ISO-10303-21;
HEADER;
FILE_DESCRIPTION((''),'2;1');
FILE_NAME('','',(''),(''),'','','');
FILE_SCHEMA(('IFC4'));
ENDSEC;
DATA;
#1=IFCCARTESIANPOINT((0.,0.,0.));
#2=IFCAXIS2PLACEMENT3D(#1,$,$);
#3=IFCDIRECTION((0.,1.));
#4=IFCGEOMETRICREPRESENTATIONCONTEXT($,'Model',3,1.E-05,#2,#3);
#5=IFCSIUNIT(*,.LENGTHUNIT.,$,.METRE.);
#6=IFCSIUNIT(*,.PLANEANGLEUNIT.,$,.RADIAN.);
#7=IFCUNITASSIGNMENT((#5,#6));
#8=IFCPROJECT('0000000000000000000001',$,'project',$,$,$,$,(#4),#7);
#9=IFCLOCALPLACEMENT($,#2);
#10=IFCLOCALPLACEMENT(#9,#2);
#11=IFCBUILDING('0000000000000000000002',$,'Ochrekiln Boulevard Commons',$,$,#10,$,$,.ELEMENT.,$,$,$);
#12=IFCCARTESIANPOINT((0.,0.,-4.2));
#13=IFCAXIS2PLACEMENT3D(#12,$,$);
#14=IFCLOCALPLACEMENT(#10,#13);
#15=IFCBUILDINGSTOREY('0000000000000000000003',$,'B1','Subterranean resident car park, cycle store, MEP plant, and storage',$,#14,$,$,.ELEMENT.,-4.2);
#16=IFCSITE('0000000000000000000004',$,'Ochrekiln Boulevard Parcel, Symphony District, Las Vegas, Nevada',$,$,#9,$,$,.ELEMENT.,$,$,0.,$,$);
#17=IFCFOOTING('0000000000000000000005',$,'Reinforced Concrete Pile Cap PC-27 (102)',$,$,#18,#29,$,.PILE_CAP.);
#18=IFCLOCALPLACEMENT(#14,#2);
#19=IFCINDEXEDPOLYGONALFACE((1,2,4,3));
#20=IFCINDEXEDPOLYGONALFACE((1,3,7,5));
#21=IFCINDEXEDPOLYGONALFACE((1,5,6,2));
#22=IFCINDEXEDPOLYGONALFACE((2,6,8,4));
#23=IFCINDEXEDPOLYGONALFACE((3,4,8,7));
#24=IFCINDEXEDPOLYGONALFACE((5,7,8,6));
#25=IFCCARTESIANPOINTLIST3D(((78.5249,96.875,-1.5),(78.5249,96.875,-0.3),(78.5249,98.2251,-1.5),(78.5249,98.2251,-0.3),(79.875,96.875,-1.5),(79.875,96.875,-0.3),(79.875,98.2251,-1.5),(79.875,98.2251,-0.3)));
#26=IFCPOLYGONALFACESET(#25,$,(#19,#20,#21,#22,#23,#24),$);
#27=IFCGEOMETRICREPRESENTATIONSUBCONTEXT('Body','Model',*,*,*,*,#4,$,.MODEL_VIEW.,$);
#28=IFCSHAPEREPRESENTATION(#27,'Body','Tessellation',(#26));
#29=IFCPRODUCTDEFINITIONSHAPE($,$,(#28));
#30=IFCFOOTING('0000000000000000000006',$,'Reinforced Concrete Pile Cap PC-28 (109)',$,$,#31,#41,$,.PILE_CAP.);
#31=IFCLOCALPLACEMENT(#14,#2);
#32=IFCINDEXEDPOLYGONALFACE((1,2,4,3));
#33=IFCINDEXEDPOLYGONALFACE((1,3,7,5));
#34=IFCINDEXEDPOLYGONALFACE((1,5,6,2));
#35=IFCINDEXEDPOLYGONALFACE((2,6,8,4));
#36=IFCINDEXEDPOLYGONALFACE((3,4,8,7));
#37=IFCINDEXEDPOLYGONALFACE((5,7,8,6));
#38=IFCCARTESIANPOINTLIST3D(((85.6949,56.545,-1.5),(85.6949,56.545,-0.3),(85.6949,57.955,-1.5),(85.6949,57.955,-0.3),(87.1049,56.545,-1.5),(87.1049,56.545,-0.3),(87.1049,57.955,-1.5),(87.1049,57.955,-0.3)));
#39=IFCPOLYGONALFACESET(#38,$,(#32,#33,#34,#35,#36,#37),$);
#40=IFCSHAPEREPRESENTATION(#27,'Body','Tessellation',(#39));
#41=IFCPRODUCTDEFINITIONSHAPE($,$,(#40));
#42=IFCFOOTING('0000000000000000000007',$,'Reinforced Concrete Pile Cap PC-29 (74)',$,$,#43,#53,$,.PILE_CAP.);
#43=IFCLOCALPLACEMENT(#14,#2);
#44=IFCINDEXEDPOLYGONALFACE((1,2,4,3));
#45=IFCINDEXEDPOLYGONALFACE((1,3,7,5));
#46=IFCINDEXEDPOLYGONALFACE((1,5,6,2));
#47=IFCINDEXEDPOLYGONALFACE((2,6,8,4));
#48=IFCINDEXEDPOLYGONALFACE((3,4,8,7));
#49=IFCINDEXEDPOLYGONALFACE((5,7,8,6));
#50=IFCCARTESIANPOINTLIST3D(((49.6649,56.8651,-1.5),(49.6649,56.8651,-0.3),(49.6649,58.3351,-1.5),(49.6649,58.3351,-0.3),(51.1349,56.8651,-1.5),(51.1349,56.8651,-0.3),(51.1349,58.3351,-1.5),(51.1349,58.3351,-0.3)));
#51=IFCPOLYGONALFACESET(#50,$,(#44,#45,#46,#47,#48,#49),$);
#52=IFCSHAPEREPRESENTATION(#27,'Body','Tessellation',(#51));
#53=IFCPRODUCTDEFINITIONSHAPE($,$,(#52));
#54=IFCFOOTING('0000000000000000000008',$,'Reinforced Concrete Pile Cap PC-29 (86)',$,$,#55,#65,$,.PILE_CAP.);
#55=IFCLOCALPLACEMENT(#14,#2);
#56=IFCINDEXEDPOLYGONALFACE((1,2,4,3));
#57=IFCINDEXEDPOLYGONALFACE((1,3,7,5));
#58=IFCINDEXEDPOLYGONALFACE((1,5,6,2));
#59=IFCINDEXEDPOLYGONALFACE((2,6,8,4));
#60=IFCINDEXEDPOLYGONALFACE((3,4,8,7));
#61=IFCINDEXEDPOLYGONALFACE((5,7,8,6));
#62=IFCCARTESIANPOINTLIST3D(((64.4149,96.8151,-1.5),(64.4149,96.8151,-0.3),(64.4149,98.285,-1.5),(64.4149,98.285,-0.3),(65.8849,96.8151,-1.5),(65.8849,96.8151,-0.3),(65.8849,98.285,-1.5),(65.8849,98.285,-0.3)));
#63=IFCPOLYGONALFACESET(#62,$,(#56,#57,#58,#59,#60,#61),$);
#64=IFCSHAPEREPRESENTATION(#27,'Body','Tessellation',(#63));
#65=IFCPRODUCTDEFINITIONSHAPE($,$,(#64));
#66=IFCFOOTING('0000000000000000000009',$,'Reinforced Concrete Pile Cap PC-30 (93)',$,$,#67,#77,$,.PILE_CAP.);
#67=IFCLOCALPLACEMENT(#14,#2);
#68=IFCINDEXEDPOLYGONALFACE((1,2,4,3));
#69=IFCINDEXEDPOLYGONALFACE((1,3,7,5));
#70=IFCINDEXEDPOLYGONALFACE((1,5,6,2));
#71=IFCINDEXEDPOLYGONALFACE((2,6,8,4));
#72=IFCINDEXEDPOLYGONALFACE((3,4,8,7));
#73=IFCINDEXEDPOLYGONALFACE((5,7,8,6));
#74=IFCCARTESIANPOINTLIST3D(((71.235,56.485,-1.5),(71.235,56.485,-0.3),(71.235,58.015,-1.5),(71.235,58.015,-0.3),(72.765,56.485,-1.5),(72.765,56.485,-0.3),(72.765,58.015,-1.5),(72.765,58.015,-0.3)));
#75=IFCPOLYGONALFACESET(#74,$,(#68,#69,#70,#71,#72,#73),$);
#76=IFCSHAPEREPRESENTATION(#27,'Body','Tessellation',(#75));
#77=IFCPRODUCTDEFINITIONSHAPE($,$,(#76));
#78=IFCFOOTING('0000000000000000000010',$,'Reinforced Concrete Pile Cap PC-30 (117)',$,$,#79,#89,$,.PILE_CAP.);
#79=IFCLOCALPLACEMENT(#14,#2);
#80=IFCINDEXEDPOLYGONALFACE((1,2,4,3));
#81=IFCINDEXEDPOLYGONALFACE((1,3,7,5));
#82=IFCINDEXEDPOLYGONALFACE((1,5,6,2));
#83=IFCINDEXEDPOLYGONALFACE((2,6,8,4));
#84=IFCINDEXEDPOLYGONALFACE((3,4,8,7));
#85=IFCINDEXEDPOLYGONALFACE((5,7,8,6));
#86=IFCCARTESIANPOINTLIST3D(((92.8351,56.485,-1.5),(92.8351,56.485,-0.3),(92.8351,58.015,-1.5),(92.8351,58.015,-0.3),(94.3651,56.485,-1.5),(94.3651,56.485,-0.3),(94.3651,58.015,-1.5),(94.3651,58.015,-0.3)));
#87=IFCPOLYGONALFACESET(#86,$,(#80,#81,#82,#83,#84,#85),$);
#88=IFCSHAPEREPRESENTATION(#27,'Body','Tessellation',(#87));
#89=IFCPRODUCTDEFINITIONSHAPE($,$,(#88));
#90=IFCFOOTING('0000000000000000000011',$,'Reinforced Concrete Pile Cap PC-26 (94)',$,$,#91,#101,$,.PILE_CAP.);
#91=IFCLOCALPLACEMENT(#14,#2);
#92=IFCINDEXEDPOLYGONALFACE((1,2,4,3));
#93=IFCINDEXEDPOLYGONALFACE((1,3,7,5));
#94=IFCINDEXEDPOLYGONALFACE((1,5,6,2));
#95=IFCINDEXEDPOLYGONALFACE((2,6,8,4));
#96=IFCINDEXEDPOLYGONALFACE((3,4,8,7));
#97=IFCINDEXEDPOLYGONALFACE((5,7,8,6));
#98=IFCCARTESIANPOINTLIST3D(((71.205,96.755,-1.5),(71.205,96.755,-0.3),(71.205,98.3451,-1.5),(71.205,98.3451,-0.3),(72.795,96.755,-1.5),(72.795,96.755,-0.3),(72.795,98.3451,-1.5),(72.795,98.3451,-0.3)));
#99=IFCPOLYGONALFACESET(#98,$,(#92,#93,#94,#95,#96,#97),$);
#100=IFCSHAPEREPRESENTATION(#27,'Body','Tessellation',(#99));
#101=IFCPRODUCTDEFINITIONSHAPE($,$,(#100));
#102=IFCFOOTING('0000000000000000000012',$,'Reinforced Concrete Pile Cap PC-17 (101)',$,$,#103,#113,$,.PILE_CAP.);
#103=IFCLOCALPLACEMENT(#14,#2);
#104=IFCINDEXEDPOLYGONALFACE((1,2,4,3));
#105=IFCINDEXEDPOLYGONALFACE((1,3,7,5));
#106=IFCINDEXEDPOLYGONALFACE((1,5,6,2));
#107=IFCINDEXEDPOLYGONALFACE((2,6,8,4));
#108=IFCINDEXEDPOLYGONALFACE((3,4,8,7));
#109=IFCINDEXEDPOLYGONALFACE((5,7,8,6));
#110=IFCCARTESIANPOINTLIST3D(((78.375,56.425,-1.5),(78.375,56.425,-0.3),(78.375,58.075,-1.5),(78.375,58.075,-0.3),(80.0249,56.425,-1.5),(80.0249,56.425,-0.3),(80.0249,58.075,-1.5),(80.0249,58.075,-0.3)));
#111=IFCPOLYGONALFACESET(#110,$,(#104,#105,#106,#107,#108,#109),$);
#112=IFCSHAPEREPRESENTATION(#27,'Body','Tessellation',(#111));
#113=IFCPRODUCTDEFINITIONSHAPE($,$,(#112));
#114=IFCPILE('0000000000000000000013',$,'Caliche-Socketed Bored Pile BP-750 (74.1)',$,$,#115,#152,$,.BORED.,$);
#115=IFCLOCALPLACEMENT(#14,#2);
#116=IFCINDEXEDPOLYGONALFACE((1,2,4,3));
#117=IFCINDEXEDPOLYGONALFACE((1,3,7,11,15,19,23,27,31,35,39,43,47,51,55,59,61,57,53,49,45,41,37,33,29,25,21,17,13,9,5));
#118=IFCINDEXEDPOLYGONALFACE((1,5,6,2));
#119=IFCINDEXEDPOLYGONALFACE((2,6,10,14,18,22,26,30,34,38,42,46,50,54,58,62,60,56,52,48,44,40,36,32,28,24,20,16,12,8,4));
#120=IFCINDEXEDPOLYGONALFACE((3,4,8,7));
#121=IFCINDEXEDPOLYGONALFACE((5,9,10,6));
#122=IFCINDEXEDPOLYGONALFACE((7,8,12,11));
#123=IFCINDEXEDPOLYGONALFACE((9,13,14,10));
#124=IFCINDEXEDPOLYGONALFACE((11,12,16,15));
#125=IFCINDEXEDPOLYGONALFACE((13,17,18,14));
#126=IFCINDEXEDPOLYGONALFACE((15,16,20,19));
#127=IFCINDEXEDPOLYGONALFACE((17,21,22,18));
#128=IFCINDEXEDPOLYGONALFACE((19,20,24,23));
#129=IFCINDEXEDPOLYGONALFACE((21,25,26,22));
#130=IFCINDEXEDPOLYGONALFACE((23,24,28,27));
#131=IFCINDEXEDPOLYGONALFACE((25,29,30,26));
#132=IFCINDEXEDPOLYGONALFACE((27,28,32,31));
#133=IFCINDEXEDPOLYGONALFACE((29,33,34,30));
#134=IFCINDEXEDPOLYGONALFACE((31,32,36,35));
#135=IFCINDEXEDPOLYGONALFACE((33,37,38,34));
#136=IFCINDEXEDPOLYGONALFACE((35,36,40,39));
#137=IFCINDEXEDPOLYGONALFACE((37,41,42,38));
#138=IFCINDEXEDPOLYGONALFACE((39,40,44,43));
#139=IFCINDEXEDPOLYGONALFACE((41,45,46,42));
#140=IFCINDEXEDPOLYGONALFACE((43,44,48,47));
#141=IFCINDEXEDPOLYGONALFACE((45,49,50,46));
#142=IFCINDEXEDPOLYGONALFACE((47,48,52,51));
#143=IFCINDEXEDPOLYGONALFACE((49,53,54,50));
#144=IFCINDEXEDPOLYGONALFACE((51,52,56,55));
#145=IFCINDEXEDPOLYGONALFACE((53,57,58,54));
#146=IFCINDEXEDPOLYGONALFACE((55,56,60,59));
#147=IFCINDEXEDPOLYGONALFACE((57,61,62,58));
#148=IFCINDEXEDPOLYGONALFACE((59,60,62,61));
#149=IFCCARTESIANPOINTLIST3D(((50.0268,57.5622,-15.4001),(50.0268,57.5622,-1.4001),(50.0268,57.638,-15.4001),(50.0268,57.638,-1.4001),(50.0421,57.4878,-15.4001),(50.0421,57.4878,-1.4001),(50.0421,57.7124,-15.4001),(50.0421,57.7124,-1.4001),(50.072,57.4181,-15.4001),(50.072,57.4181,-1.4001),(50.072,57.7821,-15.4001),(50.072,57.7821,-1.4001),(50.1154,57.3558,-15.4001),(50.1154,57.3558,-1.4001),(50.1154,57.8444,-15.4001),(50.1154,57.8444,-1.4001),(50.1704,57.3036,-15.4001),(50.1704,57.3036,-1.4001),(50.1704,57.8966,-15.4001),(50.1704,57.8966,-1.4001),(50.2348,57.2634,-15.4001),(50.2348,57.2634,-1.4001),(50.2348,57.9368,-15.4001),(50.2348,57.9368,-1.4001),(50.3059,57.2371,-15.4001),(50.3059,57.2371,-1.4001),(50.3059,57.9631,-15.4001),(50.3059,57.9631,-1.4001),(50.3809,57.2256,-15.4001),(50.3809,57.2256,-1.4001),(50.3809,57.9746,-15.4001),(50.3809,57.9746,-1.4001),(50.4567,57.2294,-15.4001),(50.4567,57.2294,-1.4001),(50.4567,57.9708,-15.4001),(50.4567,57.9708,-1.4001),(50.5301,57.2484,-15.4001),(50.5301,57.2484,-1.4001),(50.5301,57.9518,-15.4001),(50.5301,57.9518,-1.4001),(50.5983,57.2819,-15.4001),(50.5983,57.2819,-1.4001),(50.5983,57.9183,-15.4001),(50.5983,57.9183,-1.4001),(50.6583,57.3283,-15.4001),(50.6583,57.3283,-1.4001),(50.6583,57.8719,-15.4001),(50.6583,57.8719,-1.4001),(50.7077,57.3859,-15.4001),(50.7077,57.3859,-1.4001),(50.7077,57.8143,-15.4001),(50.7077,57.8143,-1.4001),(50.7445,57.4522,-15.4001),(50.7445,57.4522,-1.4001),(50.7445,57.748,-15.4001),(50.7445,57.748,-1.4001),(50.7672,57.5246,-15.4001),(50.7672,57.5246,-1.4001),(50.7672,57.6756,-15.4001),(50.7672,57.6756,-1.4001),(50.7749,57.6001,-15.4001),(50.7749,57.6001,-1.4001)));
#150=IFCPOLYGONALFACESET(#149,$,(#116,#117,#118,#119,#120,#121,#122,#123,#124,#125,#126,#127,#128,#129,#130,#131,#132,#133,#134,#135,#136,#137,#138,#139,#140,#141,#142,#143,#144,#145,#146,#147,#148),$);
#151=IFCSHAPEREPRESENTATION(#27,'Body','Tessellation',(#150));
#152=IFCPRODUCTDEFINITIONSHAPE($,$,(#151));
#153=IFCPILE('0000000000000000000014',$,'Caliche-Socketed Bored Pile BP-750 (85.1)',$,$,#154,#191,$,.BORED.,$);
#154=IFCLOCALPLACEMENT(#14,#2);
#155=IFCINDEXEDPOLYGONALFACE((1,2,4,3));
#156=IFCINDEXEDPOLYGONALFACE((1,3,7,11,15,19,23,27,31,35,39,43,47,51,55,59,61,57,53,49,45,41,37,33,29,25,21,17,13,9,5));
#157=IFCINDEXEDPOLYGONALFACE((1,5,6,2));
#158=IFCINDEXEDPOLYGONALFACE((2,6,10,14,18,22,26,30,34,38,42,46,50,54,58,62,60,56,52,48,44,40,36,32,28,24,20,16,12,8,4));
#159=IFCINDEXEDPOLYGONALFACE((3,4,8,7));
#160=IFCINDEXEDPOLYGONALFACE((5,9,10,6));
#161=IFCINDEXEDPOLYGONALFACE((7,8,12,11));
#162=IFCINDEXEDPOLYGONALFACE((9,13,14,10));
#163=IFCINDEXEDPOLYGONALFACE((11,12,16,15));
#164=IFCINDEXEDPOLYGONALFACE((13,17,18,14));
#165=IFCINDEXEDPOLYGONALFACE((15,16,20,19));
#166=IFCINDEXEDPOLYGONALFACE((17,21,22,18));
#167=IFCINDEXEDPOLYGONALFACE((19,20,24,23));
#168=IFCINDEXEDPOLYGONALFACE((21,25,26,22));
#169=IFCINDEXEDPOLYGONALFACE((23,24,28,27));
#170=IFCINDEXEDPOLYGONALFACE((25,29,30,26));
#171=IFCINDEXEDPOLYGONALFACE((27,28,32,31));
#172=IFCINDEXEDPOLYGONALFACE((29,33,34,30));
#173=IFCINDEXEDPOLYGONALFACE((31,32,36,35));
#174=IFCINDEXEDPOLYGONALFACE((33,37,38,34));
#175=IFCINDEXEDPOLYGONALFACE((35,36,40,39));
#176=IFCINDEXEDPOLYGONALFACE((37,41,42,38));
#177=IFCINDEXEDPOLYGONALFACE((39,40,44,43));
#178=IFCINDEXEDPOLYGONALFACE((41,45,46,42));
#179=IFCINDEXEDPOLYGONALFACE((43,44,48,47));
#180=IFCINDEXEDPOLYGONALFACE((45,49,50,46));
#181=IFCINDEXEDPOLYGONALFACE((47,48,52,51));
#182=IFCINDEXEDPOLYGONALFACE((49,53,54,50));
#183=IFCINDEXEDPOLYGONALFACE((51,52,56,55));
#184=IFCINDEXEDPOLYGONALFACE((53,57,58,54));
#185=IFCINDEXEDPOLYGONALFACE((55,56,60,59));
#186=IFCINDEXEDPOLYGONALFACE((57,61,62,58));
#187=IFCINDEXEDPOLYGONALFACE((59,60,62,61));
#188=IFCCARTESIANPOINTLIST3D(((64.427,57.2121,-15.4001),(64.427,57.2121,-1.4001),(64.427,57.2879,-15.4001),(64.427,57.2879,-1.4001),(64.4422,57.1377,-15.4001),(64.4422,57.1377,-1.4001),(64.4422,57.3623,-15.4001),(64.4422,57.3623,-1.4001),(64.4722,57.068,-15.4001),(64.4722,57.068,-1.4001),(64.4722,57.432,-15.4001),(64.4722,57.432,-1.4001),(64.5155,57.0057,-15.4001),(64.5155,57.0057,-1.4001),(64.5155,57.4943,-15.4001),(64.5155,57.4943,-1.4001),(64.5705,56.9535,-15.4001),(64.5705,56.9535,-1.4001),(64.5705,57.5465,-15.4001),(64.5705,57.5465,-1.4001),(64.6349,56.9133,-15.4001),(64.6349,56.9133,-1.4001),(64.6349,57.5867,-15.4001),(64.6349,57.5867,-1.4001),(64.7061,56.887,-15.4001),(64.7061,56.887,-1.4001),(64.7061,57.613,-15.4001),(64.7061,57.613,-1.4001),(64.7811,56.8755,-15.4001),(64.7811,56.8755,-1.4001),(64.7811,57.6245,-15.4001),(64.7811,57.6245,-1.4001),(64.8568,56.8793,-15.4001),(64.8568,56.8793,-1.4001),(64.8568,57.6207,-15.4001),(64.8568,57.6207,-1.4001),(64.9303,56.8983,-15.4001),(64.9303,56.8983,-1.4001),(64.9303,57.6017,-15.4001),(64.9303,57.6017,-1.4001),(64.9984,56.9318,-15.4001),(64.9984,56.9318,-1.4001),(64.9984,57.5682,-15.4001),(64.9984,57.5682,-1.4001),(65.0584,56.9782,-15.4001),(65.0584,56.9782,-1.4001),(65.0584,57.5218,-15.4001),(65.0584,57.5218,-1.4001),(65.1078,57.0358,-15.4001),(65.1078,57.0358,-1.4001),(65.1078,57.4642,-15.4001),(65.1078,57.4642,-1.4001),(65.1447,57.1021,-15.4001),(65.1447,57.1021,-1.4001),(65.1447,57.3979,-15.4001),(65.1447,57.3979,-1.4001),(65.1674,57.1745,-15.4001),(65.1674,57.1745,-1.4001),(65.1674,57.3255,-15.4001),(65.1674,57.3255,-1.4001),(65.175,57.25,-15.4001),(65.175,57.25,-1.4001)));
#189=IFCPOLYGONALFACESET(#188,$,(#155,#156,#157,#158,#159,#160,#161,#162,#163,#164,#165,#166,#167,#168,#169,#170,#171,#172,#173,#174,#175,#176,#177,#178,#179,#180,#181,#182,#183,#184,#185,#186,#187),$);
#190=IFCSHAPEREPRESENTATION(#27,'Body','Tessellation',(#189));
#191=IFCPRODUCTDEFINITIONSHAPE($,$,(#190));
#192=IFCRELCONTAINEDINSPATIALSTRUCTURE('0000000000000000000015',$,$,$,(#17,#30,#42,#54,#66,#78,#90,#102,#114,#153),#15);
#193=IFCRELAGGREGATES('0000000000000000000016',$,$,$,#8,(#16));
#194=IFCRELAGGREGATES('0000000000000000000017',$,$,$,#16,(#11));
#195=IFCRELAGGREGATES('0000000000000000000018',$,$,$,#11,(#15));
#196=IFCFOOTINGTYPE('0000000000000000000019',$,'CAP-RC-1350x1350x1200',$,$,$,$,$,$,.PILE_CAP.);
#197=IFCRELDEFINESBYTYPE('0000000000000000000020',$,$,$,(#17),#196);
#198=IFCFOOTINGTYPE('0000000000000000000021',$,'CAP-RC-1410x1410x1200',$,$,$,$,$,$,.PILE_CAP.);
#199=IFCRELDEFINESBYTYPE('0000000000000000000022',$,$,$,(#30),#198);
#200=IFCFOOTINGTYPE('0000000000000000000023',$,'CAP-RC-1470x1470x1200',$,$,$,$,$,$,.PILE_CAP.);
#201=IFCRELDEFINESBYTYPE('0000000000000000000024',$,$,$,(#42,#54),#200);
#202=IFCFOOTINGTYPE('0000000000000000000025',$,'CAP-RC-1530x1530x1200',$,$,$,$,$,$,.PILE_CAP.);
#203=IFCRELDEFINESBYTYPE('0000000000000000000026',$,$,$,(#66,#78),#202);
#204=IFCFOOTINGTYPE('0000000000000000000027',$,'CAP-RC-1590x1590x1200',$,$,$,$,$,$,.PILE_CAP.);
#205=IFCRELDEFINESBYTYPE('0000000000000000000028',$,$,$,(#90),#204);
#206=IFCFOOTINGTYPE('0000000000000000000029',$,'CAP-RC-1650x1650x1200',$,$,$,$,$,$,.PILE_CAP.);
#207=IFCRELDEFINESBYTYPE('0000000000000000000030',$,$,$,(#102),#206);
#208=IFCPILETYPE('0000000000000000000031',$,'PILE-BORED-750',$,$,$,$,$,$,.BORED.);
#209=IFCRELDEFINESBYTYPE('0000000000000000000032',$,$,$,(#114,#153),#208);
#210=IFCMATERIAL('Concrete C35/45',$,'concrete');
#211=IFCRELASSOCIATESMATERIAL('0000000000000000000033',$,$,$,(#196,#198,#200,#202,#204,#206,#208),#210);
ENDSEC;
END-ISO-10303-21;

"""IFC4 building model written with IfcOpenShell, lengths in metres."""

from ifc_helpers import new_model, si_unit, direction, frame, origin, origin_2d, place, context, subcontext, project, spatial, rectangle, circle, extrude, material, material_profile, profile_set, type_object, element, save


model = new_model("IFC4")

# Units and contexts
model_context = context("Model", 3, precision=1e-05, world=origin(), true_north=direction((0.0, 1.0)))
body_context = subcontext(model_context, "Body", "Model", "MODEL_VIEW")
ifc_project = project(units=[si_unit("LENGTHUNIT", "METRE"), si_unit("PLANEANGLEUNIT", "RADIAN")], contexts=[model_context])

# Site, building, storey
site_placement = place(None, origin())
site = spatial("IfcSite", under=ifc_project, at=site_placement, Name="Ochrekiln Boulevard Parcel, Symphony District, Las Vegas, Nevada", CompositionType="ELEMENT", RefElevation=0.0)
building_placement = place(site_placement, origin())
building = spatial("IfcBuilding", under=site, at=building_placement, Name="Ochrekiln Boulevard Commons", CompositionType="ELEMENT")
storey_placement = place(building_placement, frame((0.0, 0.0, -4.2)))
storey = spatial("IfcBuildingStorey", under=building, at=storey_placement, Name="B1", Description="Subterranean resident car park, cycle store, MEP plant, and storage", CompositionType="ELEMENT", Elevation=-4.2)

# Footings
ifc_material_1 = material(Name="Concrete C35/45", Category="concrete")
footing_type_1 = type_object("IfcFootingType", Name="CAP-RC-1350x1350x1200", PredefinedType="PILE_CAP", material=ifc_material_1)
footing_1_placement = place(storey_placement, frame((79.2, 97.55, -1.5), z_axis=(0.0, 0.0, 1.0), x_axis=(1.0, 0.0, 0.0)))
element("IfcFooting", 1, at=footing_1_placement, inside=storey, type_object=footing_type_1, Name="Reinforced Concrete Pile Cap PC-27 (102)", PredefinedType="PILE_CAP", context=body_context, shape_type="SweptSolid", body=[
    extrude(rectangle(XDim=1.3501, YDim=1.3501, at=origin_2d()), origin(), (0.0, 0.0, 1.0), 1.2),
])
footing_type_2 = type_object("IfcFootingType", Name="CAP-RC-1410x1410x1200", PredefinedType="PILE_CAP", material=ifc_material_1)
footing_2_placement = place(storey_placement, frame((86.3999, 57.25, -1.5), z_axis=(0.0, 0.0, 1.0), x_axis=(1.0, 0.0, 0.0)))
element("IfcFooting", 2, at=footing_2_placement, inside=storey, type_object=footing_type_2, Name="Reinforced Concrete Pile Cap PC-28 (109)", PredefinedType="PILE_CAP", context=body_context, shape_type="SweptSolid", body=[
    extrude(rectangle(XDim=1.4099, YDim=1.4099, at=origin_2d()), origin(), (0.0, 0.0, 1.0), 1.2),
])
footing_type_3 = type_object("IfcFootingType", Name="CAP-RC-1470x1470x1200", PredefinedType="PILE_CAP", material=ifc_material_1)
for number, where, z_axis, x_axis, name in (
    (3, (50.3999, 57.6001, -1.5), (0.0, 0.0, 1.0), (1.0, 0.0, 0.0), "Reinforced Concrete Pile Cap PC-29 (74)"),
    (4, (65.1499, 97.55, -1.5), (0.0, 0.0, 1.0), (1.0, 0.0, 0.0), "Reinforced Concrete Pile Cap PC-29 (86)"),
):
    element("IfcFooting", number, at=place(storey_placement, frame(where, z_axis=z_axis, x_axis=x_axis)), inside=storey, type_object=footing_type_3, Name=name, PredefinedType="PILE_CAP", context=body_context, shape_type="SweptSolid", body=[
        extrude(rectangle(XDim=1.47, YDim=1.47, at=origin_2d()), origin(), (0.0, 0.0, 1.0), 1.2),
    ])
footing_type_4 = type_object("IfcFootingType", Name="CAP-RC-1530x1530x1200", PredefinedType="PILE_CAP", material=ifc_material_1)
for number, where, z_axis, x_axis, name in (
    (5, (72.0, 57.25, -1.5), (0.0, 0.0, 1.0), (1.0, 0.0, 0.0), "Reinforced Concrete Pile Cap PC-30 (93)"),
    (6, (93.6001, 57.25, -1.5), (0.0, 0.0, 1.0), (1.0, 0.0, 0.0), "Reinforced Concrete Pile Cap PC-30 (117)"),
):
    element("IfcFooting", number, at=place(storey_placement, frame(where, z_axis=z_axis, x_axis=x_axis)), inside=storey, type_object=footing_type_4, Name=name, PredefinedType="PILE_CAP", context=body_context, shape_type="SweptSolid", body=[
        extrude(rectangle(XDim=1.53, YDim=1.53, at=origin_2d()), origin(), (0.0, 0.0, 1.0), 1.2),
    ])
footing_type_5 = type_object("IfcFootingType", Name="CAP-RC-1590x1590x1200", PredefinedType="PILE_CAP", material=ifc_material_1)
footing_3_placement = place(storey_placement, frame((72.0, 97.55, -1.5), z_axis=(0.0, 0.0, 1.0), x_axis=(1.0, 0.0, 0.0)))
element("IfcFooting", 7, at=footing_3_placement, inside=storey, type_object=footing_type_5, Name="Reinforced Concrete Pile Cap PC-26 (94)", PredefinedType="PILE_CAP", context=body_context, shape_type="SweptSolid", body=[
    extrude(rectangle(XDim=1.5901, YDim=1.5901, at=origin_2d()), origin(), (0.0, 0.0, 1.0), 1.2),
])
footing_type_6 = type_object("IfcFootingType", Name="CAP-RC-1650x1650x1200", PredefinedType="PILE_CAP", material=ifc_material_1)
footing_4_placement = place(storey_placement, frame((79.2, 57.25, -1.5), z_axis=(0.0, 0.0, 1.0), x_axis=(1.0, 0.0, 0.0)))
element("IfcFooting", 8, at=footing_4_placement, inside=storey, type_object=footing_type_6, Name="Reinforced Concrete Pile Cap PC-17 (101)", PredefinedType="PILE_CAP", context=body_context, shape_type="SweptSolid", body=[
    extrude(rectangle(XDim=1.6499, YDim=1.6499, at=origin_2d()), origin(), (0.0, 0.0, 1.0), 1.2),
])

# Piles
ifc_material_profile_1 = material_profile(ifc_material_1, circle(Radius=0.375, at=origin_2d()), Name="PILE-D750")
ifc_profile_set_1 = profile_set([ifc_material_profile_1], Name="Concrete C35/45")
pile_type = type_object("IfcPileType", Name="PILE-BORED-750", PredefinedType="BORED", material=ifc_profile_set_1)
for number, where, z_axis, x_axis, name in (
    (9, (50.3999, 57.6001, -1.4001), (0.0, 0.0, -1.0), (1.0, 0.0, 0.0), "Caliche-Socketed Bored Pile BP-750 (74.1)"),
    (10, (64.8, 57.25, -1.4001), (0.0, 0.0, -1.0), (1.0, 0.0, 0.0), "Caliche-Socketed Bored Pile BP-750 (85.1)"),
):
    element("IfcPile", number, at=place(storey_placement, frame(where, z_axis=z_axis, x_axis=x_axis)), inside=storey, type_object=pile_type, Name=name, PredefinedType="BORED", context=body_context, shape_type="SweptSolid", body=[
        extrude(circle(Radius=0.375, at=origin_2d()), origin(), (0.0, 0.0, 1.0), 14.0),
    ])

save(model, "model.ifc")
